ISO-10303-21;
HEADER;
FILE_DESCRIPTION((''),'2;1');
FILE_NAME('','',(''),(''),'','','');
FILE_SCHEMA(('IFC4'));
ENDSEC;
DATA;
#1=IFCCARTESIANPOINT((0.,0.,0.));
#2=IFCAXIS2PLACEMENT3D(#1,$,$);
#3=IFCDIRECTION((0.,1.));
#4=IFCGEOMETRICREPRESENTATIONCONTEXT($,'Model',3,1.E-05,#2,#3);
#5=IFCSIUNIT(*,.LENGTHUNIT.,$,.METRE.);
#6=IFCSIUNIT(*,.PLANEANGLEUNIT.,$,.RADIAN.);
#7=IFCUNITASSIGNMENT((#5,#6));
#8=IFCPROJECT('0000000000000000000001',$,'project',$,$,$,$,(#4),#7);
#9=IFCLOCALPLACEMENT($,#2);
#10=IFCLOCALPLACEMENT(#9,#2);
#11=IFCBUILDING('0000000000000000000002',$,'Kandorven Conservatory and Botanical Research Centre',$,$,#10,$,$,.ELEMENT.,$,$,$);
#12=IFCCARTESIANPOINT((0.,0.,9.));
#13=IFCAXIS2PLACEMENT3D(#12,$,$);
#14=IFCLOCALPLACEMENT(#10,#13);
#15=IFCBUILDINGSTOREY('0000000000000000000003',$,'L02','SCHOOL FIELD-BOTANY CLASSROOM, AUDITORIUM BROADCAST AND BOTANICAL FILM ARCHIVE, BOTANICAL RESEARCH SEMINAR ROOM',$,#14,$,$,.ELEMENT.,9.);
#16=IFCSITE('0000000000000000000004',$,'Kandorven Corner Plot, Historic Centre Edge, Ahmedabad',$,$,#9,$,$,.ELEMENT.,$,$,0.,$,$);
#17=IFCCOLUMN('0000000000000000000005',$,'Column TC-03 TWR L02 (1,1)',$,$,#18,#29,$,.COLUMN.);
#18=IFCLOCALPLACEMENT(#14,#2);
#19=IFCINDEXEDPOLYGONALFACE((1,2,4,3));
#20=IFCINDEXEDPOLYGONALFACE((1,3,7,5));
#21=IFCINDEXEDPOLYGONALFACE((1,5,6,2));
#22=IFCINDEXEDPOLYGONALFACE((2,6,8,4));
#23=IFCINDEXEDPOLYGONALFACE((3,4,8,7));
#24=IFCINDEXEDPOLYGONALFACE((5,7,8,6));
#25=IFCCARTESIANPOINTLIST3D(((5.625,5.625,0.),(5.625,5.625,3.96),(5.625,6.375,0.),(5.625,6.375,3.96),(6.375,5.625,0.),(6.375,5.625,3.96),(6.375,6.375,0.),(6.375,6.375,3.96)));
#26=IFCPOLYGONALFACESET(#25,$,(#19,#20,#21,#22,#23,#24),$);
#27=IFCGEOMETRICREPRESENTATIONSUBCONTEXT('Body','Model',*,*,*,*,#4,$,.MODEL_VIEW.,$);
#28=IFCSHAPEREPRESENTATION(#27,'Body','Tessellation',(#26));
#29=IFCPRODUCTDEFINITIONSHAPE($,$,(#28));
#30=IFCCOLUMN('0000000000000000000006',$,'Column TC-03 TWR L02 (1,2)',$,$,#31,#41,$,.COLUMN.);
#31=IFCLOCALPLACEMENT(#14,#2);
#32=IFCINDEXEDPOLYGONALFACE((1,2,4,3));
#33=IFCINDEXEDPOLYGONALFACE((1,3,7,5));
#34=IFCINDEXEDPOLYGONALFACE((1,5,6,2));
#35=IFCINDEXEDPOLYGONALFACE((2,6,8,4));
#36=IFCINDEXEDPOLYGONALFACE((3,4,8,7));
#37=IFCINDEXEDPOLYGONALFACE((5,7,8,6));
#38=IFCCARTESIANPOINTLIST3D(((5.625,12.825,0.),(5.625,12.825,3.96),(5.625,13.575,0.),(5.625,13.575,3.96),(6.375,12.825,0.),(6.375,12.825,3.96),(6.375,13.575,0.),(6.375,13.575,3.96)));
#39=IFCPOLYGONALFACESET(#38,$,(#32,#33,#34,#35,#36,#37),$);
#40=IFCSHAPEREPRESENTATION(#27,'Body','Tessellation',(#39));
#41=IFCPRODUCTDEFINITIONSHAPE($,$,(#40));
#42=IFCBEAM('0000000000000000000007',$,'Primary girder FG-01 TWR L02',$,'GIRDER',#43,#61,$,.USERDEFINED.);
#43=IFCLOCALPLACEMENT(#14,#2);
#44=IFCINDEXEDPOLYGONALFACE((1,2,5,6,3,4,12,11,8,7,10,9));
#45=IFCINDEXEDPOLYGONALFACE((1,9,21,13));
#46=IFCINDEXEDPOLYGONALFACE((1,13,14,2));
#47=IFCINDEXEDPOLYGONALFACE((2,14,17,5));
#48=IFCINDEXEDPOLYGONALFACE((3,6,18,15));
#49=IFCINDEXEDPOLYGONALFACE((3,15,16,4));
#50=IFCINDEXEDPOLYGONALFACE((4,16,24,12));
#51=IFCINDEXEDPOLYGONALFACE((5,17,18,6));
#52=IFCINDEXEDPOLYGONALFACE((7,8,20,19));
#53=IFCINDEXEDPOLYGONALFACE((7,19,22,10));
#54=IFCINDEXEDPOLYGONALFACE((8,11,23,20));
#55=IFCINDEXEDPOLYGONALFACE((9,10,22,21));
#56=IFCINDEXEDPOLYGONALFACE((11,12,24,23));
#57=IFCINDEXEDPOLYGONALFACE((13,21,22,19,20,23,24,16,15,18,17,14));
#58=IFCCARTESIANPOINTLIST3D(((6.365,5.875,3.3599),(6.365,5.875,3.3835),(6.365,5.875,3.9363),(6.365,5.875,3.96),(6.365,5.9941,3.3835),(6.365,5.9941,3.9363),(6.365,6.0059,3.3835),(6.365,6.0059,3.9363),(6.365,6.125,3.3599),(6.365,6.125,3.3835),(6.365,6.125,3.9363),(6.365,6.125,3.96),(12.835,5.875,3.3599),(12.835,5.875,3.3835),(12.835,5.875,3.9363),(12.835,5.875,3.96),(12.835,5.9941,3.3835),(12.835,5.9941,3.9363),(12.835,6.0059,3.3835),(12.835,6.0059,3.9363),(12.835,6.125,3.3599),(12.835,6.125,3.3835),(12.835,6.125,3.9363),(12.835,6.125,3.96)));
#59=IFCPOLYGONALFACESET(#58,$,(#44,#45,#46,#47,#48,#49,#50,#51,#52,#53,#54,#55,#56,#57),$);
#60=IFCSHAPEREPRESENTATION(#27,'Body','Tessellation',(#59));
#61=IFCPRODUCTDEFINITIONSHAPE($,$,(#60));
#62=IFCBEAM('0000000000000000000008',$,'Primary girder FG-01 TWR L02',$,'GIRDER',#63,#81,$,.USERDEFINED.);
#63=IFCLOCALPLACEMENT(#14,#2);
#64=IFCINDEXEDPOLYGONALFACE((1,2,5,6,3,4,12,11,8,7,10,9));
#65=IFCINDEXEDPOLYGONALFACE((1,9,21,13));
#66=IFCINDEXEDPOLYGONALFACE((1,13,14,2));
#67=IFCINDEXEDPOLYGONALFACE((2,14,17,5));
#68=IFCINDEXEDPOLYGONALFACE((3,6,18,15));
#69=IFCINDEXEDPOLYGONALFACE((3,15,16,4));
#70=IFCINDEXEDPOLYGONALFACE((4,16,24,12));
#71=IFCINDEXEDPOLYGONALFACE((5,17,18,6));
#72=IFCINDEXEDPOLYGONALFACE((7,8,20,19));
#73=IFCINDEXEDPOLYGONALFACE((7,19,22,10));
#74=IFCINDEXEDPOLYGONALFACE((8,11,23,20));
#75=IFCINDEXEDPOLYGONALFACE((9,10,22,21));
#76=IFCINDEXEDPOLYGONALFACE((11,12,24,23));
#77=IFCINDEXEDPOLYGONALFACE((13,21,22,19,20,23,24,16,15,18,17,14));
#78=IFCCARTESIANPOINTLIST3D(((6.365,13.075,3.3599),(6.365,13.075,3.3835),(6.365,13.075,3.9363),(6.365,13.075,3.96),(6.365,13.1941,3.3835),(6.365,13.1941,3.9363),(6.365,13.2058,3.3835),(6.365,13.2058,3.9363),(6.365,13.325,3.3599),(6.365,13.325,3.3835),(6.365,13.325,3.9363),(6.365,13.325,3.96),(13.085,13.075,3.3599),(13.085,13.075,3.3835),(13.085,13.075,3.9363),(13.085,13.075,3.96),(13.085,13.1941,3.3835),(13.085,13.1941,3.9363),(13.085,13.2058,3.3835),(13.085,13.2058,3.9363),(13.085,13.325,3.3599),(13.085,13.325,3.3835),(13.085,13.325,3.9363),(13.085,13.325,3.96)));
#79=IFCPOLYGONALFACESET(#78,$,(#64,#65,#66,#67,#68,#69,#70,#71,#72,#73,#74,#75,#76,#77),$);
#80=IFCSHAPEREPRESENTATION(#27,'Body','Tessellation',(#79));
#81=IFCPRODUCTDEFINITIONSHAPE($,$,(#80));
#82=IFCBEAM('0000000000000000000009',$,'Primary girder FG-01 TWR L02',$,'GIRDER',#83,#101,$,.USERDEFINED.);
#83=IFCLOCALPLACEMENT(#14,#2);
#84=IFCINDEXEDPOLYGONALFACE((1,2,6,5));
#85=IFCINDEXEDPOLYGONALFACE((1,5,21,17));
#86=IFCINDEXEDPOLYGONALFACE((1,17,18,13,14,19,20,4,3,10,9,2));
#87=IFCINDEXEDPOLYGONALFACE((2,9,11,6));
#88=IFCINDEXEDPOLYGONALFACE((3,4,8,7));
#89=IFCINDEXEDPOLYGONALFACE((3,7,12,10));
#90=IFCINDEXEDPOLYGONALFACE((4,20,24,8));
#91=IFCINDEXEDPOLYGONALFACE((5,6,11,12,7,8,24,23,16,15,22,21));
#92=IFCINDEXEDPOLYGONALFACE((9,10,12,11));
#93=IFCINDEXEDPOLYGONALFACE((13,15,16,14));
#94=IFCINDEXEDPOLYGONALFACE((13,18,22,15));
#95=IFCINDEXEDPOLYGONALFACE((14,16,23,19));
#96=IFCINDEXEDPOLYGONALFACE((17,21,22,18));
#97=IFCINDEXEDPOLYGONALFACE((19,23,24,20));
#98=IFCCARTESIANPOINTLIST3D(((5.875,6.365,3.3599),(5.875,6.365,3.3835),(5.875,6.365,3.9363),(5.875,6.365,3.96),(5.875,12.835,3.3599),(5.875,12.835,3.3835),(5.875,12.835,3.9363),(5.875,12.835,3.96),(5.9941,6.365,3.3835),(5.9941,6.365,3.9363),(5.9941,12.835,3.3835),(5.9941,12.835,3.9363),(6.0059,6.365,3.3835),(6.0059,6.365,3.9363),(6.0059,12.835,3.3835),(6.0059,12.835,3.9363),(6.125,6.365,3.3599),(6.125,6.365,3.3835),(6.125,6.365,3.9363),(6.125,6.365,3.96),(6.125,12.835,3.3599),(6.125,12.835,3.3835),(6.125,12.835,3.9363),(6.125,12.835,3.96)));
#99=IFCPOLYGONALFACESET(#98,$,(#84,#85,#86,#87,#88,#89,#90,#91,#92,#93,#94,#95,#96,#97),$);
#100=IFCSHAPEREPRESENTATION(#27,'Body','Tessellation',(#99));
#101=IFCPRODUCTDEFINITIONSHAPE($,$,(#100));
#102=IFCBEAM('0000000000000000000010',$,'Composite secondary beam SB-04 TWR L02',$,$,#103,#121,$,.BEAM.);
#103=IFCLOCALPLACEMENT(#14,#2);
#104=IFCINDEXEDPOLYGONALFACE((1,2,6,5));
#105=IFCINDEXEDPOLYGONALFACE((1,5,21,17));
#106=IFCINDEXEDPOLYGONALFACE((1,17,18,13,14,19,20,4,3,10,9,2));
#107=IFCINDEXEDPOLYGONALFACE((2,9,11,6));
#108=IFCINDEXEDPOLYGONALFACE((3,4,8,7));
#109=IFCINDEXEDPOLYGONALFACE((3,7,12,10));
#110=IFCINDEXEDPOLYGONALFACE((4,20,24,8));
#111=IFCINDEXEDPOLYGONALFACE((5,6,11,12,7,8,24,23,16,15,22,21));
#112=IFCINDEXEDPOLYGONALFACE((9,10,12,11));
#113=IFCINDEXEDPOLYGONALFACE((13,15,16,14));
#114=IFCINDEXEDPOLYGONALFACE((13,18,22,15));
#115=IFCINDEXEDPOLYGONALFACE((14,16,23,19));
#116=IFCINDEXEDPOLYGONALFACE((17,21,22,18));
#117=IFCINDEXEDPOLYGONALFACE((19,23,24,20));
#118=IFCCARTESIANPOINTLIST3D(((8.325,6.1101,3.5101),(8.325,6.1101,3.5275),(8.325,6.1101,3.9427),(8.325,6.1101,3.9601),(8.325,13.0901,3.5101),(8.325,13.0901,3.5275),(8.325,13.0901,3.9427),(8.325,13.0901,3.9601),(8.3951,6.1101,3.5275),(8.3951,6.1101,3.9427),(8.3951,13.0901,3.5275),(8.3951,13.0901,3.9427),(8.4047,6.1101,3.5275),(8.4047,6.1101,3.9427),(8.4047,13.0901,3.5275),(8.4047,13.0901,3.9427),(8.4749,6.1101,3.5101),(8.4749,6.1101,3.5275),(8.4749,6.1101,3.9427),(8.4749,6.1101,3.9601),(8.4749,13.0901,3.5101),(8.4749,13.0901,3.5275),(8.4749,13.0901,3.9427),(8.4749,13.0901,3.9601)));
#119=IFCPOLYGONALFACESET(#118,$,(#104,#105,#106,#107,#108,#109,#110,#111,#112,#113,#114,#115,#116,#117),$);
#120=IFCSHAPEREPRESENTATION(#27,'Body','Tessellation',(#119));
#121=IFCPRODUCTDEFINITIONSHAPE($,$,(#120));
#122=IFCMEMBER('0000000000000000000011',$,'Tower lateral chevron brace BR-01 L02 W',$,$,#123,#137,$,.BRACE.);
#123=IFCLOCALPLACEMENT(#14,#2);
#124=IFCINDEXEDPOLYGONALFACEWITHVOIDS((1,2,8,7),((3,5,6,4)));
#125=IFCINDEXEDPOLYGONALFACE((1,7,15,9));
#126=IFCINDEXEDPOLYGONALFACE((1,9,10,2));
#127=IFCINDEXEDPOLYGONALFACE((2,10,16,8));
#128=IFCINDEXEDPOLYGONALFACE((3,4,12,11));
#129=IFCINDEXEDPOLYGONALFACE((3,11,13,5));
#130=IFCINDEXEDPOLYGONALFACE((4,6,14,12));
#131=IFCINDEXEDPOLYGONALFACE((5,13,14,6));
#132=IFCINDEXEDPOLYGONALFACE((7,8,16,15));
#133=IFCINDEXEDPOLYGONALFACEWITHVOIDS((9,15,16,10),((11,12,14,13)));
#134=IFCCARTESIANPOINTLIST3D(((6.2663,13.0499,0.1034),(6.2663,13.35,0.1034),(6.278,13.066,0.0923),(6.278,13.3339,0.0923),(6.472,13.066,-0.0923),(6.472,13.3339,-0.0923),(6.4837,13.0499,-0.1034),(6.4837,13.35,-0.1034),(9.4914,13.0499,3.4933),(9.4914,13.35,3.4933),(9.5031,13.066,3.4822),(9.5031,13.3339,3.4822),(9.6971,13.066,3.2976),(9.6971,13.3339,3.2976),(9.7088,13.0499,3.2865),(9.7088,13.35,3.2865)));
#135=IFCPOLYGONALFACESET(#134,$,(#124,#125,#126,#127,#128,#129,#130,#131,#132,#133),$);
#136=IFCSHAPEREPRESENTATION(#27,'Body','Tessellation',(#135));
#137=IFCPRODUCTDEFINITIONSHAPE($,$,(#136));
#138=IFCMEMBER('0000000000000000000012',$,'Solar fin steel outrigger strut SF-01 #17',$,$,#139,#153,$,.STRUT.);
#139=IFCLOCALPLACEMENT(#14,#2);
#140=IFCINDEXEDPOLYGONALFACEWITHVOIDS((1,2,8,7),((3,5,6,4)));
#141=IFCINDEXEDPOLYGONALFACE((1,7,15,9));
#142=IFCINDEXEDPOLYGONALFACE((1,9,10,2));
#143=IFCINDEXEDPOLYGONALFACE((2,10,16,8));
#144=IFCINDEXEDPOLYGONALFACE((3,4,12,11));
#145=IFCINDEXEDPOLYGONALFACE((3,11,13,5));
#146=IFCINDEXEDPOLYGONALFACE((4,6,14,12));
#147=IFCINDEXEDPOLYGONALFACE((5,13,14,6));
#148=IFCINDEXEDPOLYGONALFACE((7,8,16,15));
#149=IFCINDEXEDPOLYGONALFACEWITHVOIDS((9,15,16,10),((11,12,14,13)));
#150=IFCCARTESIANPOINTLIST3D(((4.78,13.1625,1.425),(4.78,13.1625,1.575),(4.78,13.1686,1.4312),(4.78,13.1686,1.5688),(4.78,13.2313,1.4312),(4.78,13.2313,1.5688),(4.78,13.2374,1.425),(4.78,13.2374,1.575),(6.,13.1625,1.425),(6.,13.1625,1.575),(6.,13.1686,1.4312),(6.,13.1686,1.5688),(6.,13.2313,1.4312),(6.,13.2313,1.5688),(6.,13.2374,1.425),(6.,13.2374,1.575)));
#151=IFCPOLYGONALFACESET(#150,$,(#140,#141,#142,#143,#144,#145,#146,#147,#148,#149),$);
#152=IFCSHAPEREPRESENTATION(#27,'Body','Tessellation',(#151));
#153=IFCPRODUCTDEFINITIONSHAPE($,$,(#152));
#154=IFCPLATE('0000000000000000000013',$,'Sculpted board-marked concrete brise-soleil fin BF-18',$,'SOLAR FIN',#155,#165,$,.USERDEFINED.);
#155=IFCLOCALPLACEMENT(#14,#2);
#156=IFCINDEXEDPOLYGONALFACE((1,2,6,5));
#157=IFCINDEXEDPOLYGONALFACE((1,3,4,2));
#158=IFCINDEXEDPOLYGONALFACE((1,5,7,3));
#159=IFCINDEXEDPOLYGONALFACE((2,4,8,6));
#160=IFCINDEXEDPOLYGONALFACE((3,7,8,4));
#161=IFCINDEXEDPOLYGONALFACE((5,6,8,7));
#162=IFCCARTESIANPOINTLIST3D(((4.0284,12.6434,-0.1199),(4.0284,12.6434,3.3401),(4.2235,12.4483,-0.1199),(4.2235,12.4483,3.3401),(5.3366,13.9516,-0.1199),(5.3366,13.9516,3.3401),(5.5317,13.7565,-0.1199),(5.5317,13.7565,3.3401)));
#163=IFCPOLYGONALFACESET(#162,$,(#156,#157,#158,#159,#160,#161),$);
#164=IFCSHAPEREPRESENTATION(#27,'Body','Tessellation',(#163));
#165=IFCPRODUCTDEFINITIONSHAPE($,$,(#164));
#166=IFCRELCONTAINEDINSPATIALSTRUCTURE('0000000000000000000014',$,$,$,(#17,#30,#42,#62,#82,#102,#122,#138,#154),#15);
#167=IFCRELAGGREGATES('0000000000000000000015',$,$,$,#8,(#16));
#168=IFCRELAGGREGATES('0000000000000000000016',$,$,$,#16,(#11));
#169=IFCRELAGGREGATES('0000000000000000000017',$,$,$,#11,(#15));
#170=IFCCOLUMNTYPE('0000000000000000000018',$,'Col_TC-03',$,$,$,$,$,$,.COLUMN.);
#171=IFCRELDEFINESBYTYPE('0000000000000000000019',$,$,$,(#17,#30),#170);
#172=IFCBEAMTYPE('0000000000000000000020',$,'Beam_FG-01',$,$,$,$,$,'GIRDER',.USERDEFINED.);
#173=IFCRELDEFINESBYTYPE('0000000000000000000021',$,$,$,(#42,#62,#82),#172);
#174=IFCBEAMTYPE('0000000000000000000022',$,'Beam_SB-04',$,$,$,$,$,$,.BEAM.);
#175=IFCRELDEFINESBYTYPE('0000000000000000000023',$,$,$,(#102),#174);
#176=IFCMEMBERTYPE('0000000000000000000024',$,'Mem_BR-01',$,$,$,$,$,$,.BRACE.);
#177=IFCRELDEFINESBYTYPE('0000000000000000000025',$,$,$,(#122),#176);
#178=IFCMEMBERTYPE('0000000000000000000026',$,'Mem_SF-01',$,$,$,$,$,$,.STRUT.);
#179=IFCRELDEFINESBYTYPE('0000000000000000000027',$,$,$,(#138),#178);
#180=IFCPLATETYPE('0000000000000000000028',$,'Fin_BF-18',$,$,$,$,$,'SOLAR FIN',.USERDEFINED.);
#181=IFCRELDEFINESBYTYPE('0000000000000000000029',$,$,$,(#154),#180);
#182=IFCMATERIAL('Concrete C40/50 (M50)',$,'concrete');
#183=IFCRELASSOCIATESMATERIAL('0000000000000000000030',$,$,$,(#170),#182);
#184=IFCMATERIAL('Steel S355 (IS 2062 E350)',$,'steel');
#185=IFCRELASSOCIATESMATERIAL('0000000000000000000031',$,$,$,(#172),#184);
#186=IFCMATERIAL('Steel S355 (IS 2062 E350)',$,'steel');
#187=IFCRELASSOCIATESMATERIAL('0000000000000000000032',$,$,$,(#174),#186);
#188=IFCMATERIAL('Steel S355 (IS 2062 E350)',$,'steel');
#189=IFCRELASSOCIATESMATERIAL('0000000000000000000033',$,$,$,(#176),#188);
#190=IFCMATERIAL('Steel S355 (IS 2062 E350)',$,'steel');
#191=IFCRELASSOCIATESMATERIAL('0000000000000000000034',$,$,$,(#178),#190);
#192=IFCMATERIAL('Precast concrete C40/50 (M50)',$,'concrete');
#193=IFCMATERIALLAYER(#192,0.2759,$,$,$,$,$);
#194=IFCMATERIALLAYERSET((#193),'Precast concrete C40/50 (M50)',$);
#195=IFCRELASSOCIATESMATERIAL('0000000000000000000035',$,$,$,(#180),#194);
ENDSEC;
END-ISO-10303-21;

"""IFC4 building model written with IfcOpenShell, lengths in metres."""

from ifc_helpers import new_model, si_unit, direction, frame, origin, origin_2d, place, context, subcontext, project, spatial, rectangle, hollow_rectangle, i_section, extrude, material, layer, layer_set, material_profile, profile_set, type_object, element, save


model = new_model("IFC4")

# Units and contexts
model_context = context("Model", 3, precision=1e-05, world=origin(), true_north=direction((0.0, 1.0)))
body_context = subcontext(model_context, "Body", "Model", "MODEL_VIEW")
ifc_project = project(units=[si_unit("LENGTHUNIT", "METRE"), si_unit("PLANEANGLEUNIT", "RADIAN")], contexts=[model_context])

# Site, building, storey
site_placement = place(None, origin())
site = spatial("IfcSite", under=ifc_project, at=site_placement, Name="Kandorven Corner Plot, Historic Centre Edge, Ahmedabad", CompositionType="ELEMENT", RefElevation=0.0)
building_placement = place(site_placement, origin())
building = spatial("IfcBuilding", under=site, at=building_placement, Name="Kandorven Conservatory and Botanical Research Centre", CompositionType="ELEMENT")
storey_placement = place(building_placement, frame((0.0, 0.0, 9.0)))
storey = spatial("IfcBuildingStorey", under=building, at=storey_placement, Name="L02", Description="SCHOOL FIELD-BOTANY CLASSROOM, AUDITORIUM BROADCAST AND BOTANICAL FILM ARCHIVE, BOTANICAL RESEARCH SEMINAR ROOM", CompositionType="ELEMENT", Elevation=9.0)

# Columns
ifc_material_1 = material(Name="Concrete C40/50 (M50)", Category="concrete")
ifc_material_profile_1 = material_profile(ifc_material_1, rectangle(XDim=0.75, YDim=0.75, at=origin_2d()))
ifc_profile_set_1 = profile_set([ifc_material_profile_1], Name="Concrete C40/50 (M50)")
column_type = type_object("IfcColumnType", Name="Col_TC-03", PredefinedType="COLUMN", material=ifc_profile_set_1)
for number, where, z_axis, x_axis, name in (
    (1, (6.0, 6.0, 0.0), (0.0, 0.0, 1.0), (1.0, 0.0, 0.0), "Column TC-03 TWR L02 (1,1)"),
    (2, (6.0, 13.2, 0.0), (0.0, 0.0, 1.0), (1.0, 0.0, 0.0), "Column TC-03 TWR L02 (1,2)"),
):
    element("IfcColumn", number, at=place(storey_placement, frame(where, z_axis=z_axis, x_axis=x_axis)), inside=storey, type_object=column_type, Name=name, PredefinedType="COLUMN", context=body_context, shape_type="SweptSolid", body=[
        extrude(rectangle(XDim=0.75, YDim=0.75, at=origin_2d()), origin(), (0.0, 0.0, 1.0), 3.96),
    ])

# Beams
ifc_material_2 = material(Name="Steel S355 (IS 2062 E350)", Category="steel")
ifc_material_profile_2 = material_profile(ifc_material_2, i_section(OverallWidth=0.25, OverallDepth=0.6001, WebThickness=0.0117, FlangeThickness=0.0237, at=origin_2d()))
ifc_profile_set_2 = profile_set([ifc_material_profile_2], Name="Steel S355 (IS 2062 E350)")
beam_type_1 = type_object("IfcBeamType", Name="Beam_FG-01", ElementType="GIRDER", PredefinedType="USERDEFINED", material=ifc_profile_set_2)
beam_1_placement = place(storey_placement, frame((6.365, 6.0, 3.6599), z_axis=(1.0, 0.0, 0.0), x_axis=(0.0, 1.0, 0.0)))
element("IfcBeam", 3, at=beam_1_placement, inside=storey, type_object=beam_type_1, Name="Primary girder FG-01 TWR L02", ObjectType="GIRDER", PredefinedType="USERDEFINED", context=body_context, shape_type="SweptSolid", body=[
    extrude(i_section(OverallWidth=0.25, OverallDepth=0.6001, WebThickness=0.0117, FlangeThickness=0.0237, at=origin_2d()), origin(), (0.0, 0.0, 1.0), 6.47),
])
beam_2_placement = place(storey_placement, frame((6.365, 13.2, 3.6599), z_axis=(1.0, 0.0, 0.0), x_axis=(0.0, 1.0, 0.0)))
element("IfcBeam", 4, at=beam_2_placement, inside=storey, type_object=beam_type_1, Name="Primary girder FG-01 TWR L02", ObjectType="GIRDER", PredefinedType="USERDEFINED", context=body_context, shape_type="SweptSolid", body=[
    extrude(i_section(OverallWidth=0.25, OverallDepth=0.6001, WebThickness=0.0117, FlangeThickness=0.0237, at=origin_2d()), origin(), (0.0, 0.0, 1.0), 6.72),
])
beam_3_placement = place(storey_placement, frame((6.0, 6.365, 3.6599), z_axis=(0.0, 1.0, 0.0), x_axis=(-1.0, 0.0, 0.0)))
element("IfcBeam", 5, at=beam_3_placement, inside=storey, type_object=beam_type_1, Name="Primary girder FG-01 TWR L02", ObjectType="GIRDER", PredefinedType="USERDEFINED", context=body_context, shape_type="SweptSolid", body=[
    extrude(i_section(OverallWidth=0.25, OverallDepth=0.6001, WebThickness=0.0117, FlangeThickness=0.0237, at=origin_2d()), origin(), (0.0, 0.0, 1.0), 6.47),
])
ifc_material_3 = material(Name="Steel S355 (IS 2062 E350)", Category="steel")
ifc_material_profile_3 = material_profile(ifc_material_3, i_section(OverallWidth=0.1499, OverallDepth=0.45, WebThickness=0.0095, FlangeThickness=0.0173, at=origin_2d()))
ifc_profile_set_3 = profile_set([ifc_material_profile_3], Name="Steel S355 (IS 2062 E350)")
beam_type_2 = type_object("IfcBeamType", Name="Beam_SB-04", PredefinedType="BEAM", material=ifc_profile_set_3)
beam_4_placement = place(storey_placement, frame((8.3999, 6.1101, 3.7351), z_axis=(0.0, 1.0, 0.0), x_axis=(-1.0, 0.0, 0.0)))
element("IfcBeam", 6, at=beam_4_placement, inside=storey, type_object=beam_type_2, Name="Composite secondary beam SB-04 TWR L02", PredefinedType="BEAM", context=body_context, shape_type="SweptSolid", body=[
    extrude(i_section(OverallWidth=0.1499, OverallDepth=0.45, WebThickness=0.0095, FlangeThickness=0.0173, at=origin_2d()), origin(), (0.0, 0.0, 1.0), 6.98),
])

# Members
ifc_material_4 = material(Name="Steel S355 (IS 2062 E350)", Category="steel")
ifc_material_profile_4 = material_profile(ifc_material_4, hollow_rectangle(XDim=0.3, YDim=0.3, WallThickness=0.0161, at=origin_2d()))
ifc_profile_set_4 = profile_set([ifc_material_profile_4], Name="Steel S355 (IS 2062 E350)")
member_type_1 = type_object("IfcMemberType", Name="Mem_BR-01", PredefinedType="BRACE", material=ifc_profile_set_4)
member_1_placement = place(storey_placement, frame((6.375, 13.2, 0.0), z_axis=(0.689277, 0.0, 0.724498), x_axis=(0.0, 1.0, 0.0)))
element("IfcMember", 7, at=member_1_placement, inside=storey, type_object=member_type_1, Name="Tower lateral chevron brace BR-01 L02 W", PredefinedType="BRACE", context=body_context, shape_type="SweptSolid", body=[
    extrude(hollow_rectangle(XDim=0.3, YDim=0.3, WallThickness=0.0161, at=origin_2d()), origin(), (0.0, 0.0, 1.0), 4.679),
])
ifc_material_5 = material(Name="Steel S355 (IS 2062 E350)", Category="steel")
ifc_material_profile_5 = material_profile(ifc_material_5, hollow_rectangle(XDim=0.075, YDim=0.1499, WallThickness=0.0061, at=origin_2d()))
ifc_profile_set_5 = profile_set([ifc_material_profile_5], Name="Steel S355 (IS 2062 E350)")
member_type_2 = type_object("IfcMemberType", Name="Mem_SF-01", PredefinedType="STRUT", material=ifc_profile_set_5)
member_2_placement = place(storey_placement, frame((6.0, 13.2, 1.5), z_axis=(-1.0, 0.0, 0.0), x_axis=(0.0, -1.0, 0.0)))
element("IfcMember", 8, at=member_2_placement, inside=storey, type_object=member_type_2, Name="Solar fin steel outrigger strut SF-01 #17", PredefinedType="STRUT", context=body_context, shape_type="SweptSolid", body=[
    extrude(hollow_rectangle(XDim=0.075, YDim=0.1499, WallThickness=0.0061, at=origin_2d()), origin(), (0.0, 0.0, 1.0), 1.22),
])

# Plate
ifc_material_6 = material(Name="Precast concrete C40/50 (M50)", Category="concrete")
ifc_layer_1 = layer(ifc_material_6, 0.2759)
ifc_layer_set_1 = layer_set([ifc_layer_1], Name="Precast concrete C40/50 (M50)")
plate_type = type_object("IfcPlateType", Name="Fin_BF-18", ElementType="SOLAR FIN", PredefinedType="USERDEFINED", material=ifc_layer_set_1)
plate_placement = place(storey_placement, frame((4.78, 13.2, -0.1199), z_axis=(0.0, 0.0, 1.0), x_axis=(0.707107, 0.707107, 0.0)))
element("IfcPlate", 9, at=plate_placement, inside=storey, type_object=plate_type, Name="Sculpted board-marked concrete brise-soleil fin BF-18", ObjectType="SOLAR FIN", PredefinedType="USERDEFINED", context=body_context, shape_type="SweptSolid", body=[
    extrude(rectangle(XDim=1.8501, YDim=0.2759, at=origin_2d()), origin(), (0.0, 0.0, 1.0), 3.46),
])

save(model, "model.ifc")
